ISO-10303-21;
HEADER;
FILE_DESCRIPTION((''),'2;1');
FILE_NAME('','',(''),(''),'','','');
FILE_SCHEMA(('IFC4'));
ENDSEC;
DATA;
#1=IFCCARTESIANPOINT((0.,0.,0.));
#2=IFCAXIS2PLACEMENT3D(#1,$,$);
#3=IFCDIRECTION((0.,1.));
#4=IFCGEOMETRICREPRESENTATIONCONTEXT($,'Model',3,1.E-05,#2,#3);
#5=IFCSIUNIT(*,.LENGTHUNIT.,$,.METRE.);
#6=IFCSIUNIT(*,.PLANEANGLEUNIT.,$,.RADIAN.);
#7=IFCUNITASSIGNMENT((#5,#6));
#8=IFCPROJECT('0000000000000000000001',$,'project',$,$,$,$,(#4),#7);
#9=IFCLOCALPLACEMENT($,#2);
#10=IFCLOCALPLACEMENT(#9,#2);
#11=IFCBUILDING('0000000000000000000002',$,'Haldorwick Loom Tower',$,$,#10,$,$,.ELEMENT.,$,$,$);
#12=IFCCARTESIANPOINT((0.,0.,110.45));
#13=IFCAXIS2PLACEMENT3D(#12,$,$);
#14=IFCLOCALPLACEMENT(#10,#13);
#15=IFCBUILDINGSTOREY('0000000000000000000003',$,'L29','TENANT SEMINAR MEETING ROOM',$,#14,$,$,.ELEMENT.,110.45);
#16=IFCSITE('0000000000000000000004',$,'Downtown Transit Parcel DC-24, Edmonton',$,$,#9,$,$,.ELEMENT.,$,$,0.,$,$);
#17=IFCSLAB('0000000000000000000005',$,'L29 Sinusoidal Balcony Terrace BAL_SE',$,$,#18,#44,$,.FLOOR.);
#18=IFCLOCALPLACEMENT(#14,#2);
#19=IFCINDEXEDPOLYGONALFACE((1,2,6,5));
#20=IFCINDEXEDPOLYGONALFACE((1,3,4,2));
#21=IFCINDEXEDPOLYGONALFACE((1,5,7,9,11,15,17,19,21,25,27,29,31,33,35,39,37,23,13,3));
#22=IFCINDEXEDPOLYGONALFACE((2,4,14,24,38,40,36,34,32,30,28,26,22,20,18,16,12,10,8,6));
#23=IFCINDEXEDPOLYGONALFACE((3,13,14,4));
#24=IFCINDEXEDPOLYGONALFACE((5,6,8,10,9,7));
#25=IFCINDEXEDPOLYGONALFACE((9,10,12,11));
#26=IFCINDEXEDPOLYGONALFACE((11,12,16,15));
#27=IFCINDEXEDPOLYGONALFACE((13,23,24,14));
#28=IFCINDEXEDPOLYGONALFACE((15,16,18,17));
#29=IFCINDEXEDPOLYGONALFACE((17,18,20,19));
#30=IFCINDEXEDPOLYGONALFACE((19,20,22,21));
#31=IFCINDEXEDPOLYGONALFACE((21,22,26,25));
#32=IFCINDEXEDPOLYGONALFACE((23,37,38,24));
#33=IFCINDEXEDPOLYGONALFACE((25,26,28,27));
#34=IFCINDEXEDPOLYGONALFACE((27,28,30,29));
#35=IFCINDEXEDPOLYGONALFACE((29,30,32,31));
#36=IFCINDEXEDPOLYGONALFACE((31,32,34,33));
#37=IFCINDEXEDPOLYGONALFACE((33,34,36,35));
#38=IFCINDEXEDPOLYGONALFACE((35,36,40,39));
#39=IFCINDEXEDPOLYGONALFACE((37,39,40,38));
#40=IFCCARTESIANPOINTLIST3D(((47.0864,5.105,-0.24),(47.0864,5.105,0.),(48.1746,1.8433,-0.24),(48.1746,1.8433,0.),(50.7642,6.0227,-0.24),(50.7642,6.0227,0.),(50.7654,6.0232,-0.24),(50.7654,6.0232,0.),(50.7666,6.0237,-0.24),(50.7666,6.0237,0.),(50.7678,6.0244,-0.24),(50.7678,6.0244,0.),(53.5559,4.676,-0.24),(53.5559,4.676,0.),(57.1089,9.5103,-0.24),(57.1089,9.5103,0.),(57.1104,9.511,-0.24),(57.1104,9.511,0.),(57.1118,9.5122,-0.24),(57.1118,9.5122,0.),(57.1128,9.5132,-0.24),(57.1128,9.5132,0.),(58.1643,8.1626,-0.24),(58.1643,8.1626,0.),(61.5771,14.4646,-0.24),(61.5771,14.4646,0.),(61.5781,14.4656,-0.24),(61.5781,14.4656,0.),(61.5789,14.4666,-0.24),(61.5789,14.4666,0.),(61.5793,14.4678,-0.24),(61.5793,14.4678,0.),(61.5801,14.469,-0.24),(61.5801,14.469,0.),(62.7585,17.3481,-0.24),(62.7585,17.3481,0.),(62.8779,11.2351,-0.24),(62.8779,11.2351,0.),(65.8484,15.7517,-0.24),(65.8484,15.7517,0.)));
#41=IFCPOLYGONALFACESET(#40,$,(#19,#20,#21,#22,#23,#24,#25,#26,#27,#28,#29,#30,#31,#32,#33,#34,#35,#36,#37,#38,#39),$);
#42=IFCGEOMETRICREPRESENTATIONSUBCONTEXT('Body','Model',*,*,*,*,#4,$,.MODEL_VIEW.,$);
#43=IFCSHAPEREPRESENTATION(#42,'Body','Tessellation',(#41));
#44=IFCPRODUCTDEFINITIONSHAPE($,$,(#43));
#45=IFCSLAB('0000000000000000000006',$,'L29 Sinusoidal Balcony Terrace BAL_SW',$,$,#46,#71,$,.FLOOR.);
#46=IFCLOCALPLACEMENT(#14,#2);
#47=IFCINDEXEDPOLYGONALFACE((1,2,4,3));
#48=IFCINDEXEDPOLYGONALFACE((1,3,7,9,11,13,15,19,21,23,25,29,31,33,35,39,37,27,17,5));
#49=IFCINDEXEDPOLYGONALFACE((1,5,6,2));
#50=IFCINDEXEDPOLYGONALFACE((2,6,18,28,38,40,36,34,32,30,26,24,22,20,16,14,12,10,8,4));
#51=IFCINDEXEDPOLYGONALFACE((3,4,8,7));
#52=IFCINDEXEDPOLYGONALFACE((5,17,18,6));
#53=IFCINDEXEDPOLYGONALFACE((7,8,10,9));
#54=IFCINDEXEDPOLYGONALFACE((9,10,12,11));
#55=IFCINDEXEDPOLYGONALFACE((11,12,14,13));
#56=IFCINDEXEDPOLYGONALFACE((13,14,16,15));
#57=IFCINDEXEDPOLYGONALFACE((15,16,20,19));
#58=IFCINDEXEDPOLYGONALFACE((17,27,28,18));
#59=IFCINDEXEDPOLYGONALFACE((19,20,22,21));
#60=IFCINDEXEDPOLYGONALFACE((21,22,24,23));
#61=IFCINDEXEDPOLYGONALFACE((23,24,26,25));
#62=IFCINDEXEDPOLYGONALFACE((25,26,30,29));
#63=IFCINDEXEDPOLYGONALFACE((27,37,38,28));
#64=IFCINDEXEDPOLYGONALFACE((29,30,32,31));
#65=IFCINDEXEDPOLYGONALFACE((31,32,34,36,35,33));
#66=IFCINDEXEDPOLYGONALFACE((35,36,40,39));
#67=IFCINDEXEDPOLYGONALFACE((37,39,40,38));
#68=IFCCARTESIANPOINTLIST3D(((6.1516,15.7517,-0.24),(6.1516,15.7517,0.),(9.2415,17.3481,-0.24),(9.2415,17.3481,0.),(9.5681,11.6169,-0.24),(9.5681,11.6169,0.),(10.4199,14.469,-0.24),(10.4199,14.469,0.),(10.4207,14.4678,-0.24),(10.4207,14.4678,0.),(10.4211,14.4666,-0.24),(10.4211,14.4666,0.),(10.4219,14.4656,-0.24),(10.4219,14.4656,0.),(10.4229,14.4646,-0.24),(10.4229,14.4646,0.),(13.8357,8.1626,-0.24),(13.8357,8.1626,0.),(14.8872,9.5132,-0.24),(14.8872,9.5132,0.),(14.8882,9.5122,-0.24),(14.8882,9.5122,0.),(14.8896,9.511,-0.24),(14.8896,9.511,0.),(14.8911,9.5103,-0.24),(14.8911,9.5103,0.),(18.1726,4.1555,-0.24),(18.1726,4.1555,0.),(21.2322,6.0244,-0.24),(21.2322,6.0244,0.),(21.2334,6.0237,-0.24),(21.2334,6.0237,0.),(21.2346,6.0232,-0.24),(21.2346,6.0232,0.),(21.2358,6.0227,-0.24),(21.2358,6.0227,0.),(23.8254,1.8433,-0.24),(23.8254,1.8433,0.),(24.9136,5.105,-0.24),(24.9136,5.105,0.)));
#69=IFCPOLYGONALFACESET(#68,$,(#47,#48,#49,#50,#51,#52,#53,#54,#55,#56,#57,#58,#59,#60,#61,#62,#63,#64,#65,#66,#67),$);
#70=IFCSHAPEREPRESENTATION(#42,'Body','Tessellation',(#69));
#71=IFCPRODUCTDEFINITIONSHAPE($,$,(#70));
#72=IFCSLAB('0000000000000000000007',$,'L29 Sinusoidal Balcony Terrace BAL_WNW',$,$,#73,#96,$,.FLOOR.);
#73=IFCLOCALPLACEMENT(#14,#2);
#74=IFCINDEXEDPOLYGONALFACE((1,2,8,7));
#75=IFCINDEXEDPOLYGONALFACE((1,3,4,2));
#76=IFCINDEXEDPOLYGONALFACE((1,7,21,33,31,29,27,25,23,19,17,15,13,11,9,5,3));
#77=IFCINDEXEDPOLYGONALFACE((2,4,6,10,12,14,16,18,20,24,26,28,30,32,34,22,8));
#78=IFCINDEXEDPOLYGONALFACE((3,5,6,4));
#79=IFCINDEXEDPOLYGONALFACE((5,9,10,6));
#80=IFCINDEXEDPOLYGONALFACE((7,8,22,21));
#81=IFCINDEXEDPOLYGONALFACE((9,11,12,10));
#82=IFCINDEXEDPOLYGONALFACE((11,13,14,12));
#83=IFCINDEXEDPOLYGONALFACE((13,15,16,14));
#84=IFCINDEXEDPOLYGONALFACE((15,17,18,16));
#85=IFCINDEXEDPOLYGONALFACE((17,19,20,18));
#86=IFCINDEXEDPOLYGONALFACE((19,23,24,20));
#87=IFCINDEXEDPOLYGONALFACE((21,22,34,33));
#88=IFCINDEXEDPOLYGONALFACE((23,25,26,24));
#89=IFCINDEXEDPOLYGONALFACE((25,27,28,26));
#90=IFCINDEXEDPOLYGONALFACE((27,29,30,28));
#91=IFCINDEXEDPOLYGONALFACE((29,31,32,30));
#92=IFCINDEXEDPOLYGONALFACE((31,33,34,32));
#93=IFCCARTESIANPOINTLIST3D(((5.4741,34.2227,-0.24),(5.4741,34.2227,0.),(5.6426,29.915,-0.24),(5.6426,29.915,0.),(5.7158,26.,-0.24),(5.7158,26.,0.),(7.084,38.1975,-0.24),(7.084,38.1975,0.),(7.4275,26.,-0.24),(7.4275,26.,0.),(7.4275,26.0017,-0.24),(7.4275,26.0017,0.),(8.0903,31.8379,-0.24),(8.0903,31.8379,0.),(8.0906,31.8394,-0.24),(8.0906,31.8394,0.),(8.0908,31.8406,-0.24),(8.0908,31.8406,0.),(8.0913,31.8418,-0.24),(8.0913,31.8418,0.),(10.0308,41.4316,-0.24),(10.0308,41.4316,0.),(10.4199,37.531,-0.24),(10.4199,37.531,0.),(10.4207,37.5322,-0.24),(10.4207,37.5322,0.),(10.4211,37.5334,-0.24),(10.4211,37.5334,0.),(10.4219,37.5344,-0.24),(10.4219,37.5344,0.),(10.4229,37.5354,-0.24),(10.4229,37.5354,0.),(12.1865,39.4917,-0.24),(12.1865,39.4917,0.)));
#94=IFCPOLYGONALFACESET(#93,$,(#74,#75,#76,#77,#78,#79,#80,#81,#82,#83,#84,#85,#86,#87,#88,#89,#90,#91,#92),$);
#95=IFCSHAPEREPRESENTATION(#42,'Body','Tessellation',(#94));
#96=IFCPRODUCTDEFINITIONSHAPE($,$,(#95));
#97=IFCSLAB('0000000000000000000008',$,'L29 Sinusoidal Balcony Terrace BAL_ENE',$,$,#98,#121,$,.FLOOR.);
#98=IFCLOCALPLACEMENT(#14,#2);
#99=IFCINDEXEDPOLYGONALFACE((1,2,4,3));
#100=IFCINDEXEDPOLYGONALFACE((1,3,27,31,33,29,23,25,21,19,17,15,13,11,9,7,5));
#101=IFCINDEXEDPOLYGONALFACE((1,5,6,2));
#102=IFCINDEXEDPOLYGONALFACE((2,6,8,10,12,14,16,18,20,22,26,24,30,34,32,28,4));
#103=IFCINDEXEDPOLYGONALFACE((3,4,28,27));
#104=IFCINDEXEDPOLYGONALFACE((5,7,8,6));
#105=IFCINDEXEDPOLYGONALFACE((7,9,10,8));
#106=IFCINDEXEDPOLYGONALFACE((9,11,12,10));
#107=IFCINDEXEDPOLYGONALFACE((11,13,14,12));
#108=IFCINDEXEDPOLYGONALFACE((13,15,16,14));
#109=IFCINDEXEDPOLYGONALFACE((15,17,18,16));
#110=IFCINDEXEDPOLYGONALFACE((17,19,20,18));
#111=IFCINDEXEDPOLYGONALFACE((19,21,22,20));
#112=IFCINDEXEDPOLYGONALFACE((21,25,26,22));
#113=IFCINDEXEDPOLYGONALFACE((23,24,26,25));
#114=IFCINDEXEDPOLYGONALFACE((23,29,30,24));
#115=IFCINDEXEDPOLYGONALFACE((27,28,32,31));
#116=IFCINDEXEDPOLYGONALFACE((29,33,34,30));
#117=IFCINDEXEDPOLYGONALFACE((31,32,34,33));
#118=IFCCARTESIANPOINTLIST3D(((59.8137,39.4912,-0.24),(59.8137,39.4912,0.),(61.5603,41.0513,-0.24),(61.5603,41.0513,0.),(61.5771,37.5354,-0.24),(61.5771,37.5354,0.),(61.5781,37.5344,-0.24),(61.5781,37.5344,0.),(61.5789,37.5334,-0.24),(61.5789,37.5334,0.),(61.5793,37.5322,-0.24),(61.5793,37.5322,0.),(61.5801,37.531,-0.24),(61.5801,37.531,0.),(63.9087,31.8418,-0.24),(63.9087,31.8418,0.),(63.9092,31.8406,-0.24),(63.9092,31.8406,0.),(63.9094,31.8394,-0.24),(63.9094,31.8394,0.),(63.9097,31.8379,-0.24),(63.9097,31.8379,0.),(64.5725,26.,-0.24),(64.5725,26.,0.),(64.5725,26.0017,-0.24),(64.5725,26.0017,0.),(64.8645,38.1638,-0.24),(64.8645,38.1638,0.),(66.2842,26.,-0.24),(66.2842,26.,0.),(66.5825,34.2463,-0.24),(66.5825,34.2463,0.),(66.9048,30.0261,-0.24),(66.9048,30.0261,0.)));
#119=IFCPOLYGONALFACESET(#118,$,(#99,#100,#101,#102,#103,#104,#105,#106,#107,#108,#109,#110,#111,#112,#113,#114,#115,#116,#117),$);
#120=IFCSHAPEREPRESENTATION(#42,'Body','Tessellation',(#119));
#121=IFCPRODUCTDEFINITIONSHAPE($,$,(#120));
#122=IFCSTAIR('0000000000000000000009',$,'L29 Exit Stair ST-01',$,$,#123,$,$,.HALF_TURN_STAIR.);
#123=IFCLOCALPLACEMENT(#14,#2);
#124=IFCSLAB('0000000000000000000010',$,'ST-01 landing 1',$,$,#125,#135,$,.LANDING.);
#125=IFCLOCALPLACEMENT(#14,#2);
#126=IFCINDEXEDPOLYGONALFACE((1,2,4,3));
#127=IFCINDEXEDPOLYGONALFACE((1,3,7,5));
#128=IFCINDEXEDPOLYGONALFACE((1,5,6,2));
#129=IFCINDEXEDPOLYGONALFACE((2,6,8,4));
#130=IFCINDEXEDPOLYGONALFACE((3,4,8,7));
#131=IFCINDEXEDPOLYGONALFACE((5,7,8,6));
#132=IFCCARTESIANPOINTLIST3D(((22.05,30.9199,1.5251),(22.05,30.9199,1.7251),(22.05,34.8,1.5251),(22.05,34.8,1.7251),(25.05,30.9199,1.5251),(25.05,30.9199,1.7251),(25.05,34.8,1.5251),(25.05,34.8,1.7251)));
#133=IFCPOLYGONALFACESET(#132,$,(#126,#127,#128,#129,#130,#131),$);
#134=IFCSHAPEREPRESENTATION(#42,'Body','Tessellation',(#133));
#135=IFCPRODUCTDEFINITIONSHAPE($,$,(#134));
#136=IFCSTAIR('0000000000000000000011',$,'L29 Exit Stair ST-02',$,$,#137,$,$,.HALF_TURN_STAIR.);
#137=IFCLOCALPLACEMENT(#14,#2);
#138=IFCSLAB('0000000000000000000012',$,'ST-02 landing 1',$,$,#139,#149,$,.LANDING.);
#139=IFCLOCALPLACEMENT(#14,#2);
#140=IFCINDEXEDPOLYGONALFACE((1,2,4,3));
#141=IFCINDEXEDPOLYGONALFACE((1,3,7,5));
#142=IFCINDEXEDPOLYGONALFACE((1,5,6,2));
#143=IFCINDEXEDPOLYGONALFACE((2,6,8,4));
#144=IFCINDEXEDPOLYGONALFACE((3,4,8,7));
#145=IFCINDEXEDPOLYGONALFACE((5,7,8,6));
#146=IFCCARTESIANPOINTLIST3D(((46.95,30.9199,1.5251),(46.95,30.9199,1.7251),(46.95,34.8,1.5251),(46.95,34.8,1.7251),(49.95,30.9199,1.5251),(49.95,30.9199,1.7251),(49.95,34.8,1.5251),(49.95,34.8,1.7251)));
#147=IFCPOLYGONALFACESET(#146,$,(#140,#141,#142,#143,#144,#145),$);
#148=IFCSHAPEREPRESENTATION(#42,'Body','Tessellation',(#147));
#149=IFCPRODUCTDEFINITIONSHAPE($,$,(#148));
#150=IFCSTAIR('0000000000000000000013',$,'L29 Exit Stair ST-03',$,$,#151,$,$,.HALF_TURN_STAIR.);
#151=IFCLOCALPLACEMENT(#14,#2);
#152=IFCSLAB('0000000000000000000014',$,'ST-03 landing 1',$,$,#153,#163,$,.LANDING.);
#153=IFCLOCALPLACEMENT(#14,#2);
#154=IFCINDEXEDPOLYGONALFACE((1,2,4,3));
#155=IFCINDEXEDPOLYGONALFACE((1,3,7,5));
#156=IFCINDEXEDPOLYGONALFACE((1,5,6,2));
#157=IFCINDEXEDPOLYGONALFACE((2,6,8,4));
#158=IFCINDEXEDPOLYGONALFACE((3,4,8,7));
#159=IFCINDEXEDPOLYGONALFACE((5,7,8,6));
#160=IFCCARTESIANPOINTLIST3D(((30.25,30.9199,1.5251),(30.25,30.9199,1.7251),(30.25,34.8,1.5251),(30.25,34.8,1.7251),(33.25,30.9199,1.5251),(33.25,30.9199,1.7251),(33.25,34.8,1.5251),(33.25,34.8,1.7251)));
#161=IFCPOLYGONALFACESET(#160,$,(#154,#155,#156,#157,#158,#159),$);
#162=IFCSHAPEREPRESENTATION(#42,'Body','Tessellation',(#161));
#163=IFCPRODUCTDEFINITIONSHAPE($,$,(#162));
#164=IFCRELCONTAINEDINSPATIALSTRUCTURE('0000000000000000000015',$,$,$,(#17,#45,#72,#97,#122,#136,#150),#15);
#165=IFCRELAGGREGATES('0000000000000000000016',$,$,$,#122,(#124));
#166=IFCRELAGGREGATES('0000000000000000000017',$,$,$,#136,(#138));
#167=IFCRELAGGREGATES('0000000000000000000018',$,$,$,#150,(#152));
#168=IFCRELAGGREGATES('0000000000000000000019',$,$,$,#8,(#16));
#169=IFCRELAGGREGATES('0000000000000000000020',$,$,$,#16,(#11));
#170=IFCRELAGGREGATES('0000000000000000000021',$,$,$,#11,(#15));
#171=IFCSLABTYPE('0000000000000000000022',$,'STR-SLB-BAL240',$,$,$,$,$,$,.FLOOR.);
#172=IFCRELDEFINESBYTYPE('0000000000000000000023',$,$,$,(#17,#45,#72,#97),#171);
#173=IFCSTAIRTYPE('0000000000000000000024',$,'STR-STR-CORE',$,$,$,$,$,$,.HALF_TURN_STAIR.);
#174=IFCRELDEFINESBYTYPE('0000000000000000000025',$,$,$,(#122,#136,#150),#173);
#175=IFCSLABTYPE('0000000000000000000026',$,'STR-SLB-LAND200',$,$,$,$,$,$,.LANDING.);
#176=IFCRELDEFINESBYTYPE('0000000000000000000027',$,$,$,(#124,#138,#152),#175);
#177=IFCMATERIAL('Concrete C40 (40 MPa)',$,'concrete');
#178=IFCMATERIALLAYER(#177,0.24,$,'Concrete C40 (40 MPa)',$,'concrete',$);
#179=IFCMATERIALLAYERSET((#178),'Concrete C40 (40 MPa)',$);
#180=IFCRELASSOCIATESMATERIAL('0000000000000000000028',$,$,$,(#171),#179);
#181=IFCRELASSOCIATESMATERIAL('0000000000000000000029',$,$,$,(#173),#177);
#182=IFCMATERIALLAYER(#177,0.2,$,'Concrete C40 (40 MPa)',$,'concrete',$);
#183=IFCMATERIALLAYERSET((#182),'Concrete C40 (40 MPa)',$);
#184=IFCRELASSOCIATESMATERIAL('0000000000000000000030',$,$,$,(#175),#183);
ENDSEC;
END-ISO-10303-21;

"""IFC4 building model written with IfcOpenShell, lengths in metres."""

from ifc_helpers import new_model, si_unit, direction, frame, origin, place, context, subcontext, project, spatial, polyline, outline, extrude, material, layer, layer_set, type_object, element, aggregate, save


model = new_model("IFC4")

# Units and contexts
model_context = context("Model", 3, precision=1e-05, world=origin(), true_north=direction((0.0, 1.0)))
body_context = subcontext(model_context, "Body", "Model", "MODEL_VIEW")
ifc_project = project(units=[si_unit("LENGTHUNIT", "METRE"), si_unit("PLANEANGLEUNIT", "RADIAN")], contexts=[model_context])

# Site, building, storey
site_placement = place(None, origin())
site = spatial("IfcSite", under=ifc_project, at=site_placement, Name="Downtown Transit Parcel DC-24, Edmonton", CompositionType="ELEMENT", RefElevation=0.0)
building_placement = place(site_placement, origin())
building = spatial("IfcBuilding", under=site, at=building_placement, Name="Haldorwick Loom Tower", CompositionType="ELEMENT")
storey_placement = place(building_placement, frame((0.0, 0.0, 110.45)))
storey = spatial("IfcBuildingStorey", under=building, at=storey_placement, Name="L29", Description="TENANT SEMINAR MEETING ROOM", CompositionType="ELEMENT", Elevation=110.45)

# Slabs
ifc_material_1 = material(Name="Concrete C40 (40 MPa)", Category="concrete")
ifc_layer_1 = layer(ifc_material_1, 0.24, Name="Concrete C40 (40 MPa)", Category="concrete")
ifc_layer_set_1 = layer_set([ifc_layer_1], Name="Concrete C40 (40 MPa)")
slab_type_1 = type_object("IfcSlabType", Name="STR-SLB-BAL240", PredefinedType="FLOOR", material=ifc_layer_set_1)
slab_1_placement = place(storey_placement, frame((0.0, 0.0, -0.24)))
element("IfcSlab", 1, at=slab_1_placement, inside=storey, type_object=slab_type_1, Name="L29 Sinusoidal Balcony Terrace BAL_SE", PredefinedType="FLOOR", context=body_context, shape_type="SweptSolid", body=[
    extrude(outline(polyline([(62.7585, 17.3481), (61.5801, 14.469), (61.5793, 14.4678), (61.5789, 14.4666), (61.5781, 14.4656), (61.5771, 14.4646), (57.1128, 9.5132), (57.1118, 9.5122), (57.1104, 9.511), (57.1089, 9.5103), (50.7678, 6.0244), (50.7666, 6.0237), (50.7654, 6.0232), (50.7642, 6.0227), (47.0864, 5.105), (48.1746, 1.8433), (53.5559, 4.676), (58.1643, 8.1626), (62.8779, 11.2351), (65.8484, 15.7517), (62.7585, 17.3481)])), origin(), (0.0, 0.0, 1.0), 0.24),
])
slab_2_placement = place(storey_placement, frame((0.0, 0.0, -0.24)))
element("IfcSlab", 2, at=slab_2_placement, inside=storey, type_object=slab_type_1, Name="L29 Sinusoidal Balcony Terrace BAL_SW", PredefinedType="FLOOR", context=body_context, shape_type="SweptSolid", body=[
    extrude(outline(polyline([(24.9136, 5.105), (21.2358, 6.0227), (21.2346, 6.0232), (21.2334, 6.0237), (21.2322, 6.0244), (14.8911, 9.5103), (14.8896, 9.511), (14.8882, 9.5122), (14.8872, 9.5132), (10.4229, 14.4646), (10.4219, 14.4656), (10.4211, 14.4666), (10.4207, 14.4678), (10.4199, 14.469), (9.2415, 17.3481), (6.1516, 15.7517), (9.5681, 11.6169), (13.8357, 8.1626), (18.1726, 4.1555), (23.8254, 1.8433), (24.9136, 5.105)])), origin(), (0.0, 0.0, 1.0), 0.24),
])
slab_3_placement = place(storey_placement, frame((0.0, 0.0, -0.24)))
element("IfcSlab", 3, at=slab_3_placement, inside=storey, type_object=slab_type_1, Name="L29 Sinusoidal Balcony Terrace BAL_WNW", PredefinedType="FLOOR", context=body_context, shape_type="SweptSolid", body=[
    extrude(outline(polyline([(7.4275, 26.0), (7.4275, 26.0017), (8.0903, 31.8379), (8.0906, 31.8394), (8.0908, 31.8406), (8.0913, 31.8418), (10.4199, 37.531), (10.4207, 37.5322), (10.4211, 37.5334), (10.4219, 37.5344), (10.4229, 37.5354), (12.1865, 39.4917), (10.0308, 41.4316), (7.084, 38.1975), (5.4741, 34.2227), (5.6426, 29.915), (5.7158, 26.0), (7.4275, 26.0)])), origin(), (0.0, 0.0, 1.0), 0.24),
])
slab_4_placement = place(storey_placement, frame((0.0, 0.0, -0.24)))
element("IfcSlab", 4, at=slab_4_placement, inside=storey, type_object=slab_type_1, Name="L29 Sinusoidal Balcony Terrace BAL_ENE", PredefinedType="FLOOR", context=body_context, shape_type="SweptSolid", body=[
    extrude(outline(polyline([(59.8137, 39.4912), (61.5771, 37.5354), (61.5781, 37.5344), (61.5789, 37.5334), (61.5793, 37.5322), (61.5801, 37.531), (63.9087, 31.8418), (63.9092, 31.8406), (63.9094, 31.8394), (63.9097, 31.8379), (64.5725, 26.0017), (64.5725, 26.0), (66.2842, 26.0), (66.9048, 30.0261), (66.5825, 34.2463), (64.8645, 38.1638), (61.5603, 41.0513), (59.8137, 39.4912)])), origin(), (0.0, 0.0, 1.0), 0.24),
])

# Stairs, slabs
stair_type = type_object("IfcStairType", Name="STR-STR-CORE", PredefinedType="HALF_TURN_STAIR", material=ifc_material_1)
stair_1_placement = place(storey_placement, origin())
stair_1 = element("IfcStair", 5, at=stair_1_placement, inside=storey, type_object=stair_type, Name="L29 Exit Stair ST-01", PredefinedType="HALF_TURN_STAIR")
ifc_layer_2 = layer(ifc_material_1, 0.2, Name="Concrete C40 (40 MPa)", Category="concrete")
ifc_layer_set_2 = layer_set([ifc_layer_2], Name="Concrete C40 (40 MPa)")
slab_type_2 = type_object("IfcSlabType", Name="STR-SLB-LAND200", PredefinedType="LANDING", material=ifc_layer_set_2)
slab_5_placement = place(storey_placement, frame((0.0, 0.0, 1.5251)))
slab_5 = element("IfcSlab", 6, at=slab_5_placement, type_object=slab_type_2, Name="ST-01 landing 1", PredefinedType="LANDING", context=body_context, shape_type="SweptSolid", body=[
    extrude(outline(polyline([(25.05, 30.9199), (25.05, 34.8), (22.05, 34.8), (22.05, 30.9199), (25.05, 30.9199)])), origin(), (0.0, 0.0, 1.0), 0.2),
])
aggregate(stair_1, [slab_5])
stair_2_placement = place(storey_placement, origin())
stair_2 = element("IfcStair", 7, at=stair_2_placement, inside=storey, type_object=stair_type, Name="L29 Exit Stair ST-02", PredefinedType="HALF_TURN_STAIR")
slab_6_placement = place(storey_placement, frame((0.0, 0.0, 1.5251)))
slab_6 = element("IfcSlab", 8, at=slab_6_placement, type_object=slab_type_2, Name="ST-02 landing 1", PredefinedType="LANDING", context=body_context, shape_type="SweptSolid", body=[
    extrude(outline(polyline([(49.95, 30.9199), (49.95, 34.8), (46.95, 34.8), (46.95, 30.9199), (49.95, 30.9199)])), origin(), (0.0, 0.0, 1.0), 0.2),
])
aggregate(stair_2, [slab_6])
stair_3_placement = place(storey_placement, origin())
stair_3 = element("IfcStair", 9, at=stair_3_placement, inside=storey, type_object=stair_type, Name="L29 Exit Stair ST-03", PredefinedType="HALF_TURN_STAIR")
slab_7_placement = place(storey_placement, frame((0.0, 0.0, 1.5251)))
slab_7 = element("IfcSlab", 10, at=slab_7_placement, type_object=slab_type_2, Name="ST-03 landing 1", PredefinedType="LANDING", context=body_context, shape_type="SweptSolid", body=[
    extrude(outline(polyline([(33.25, 30.9199), (33.25, 34.8), (30.25, 34.8), (30.25, 30.9199), (33.25, 30.9199)])), origin(), (0.0, 0.0, 1.0), 0.2),
])
aggregate(stair_3, [slab_7])

save(model, "model.ifc")
